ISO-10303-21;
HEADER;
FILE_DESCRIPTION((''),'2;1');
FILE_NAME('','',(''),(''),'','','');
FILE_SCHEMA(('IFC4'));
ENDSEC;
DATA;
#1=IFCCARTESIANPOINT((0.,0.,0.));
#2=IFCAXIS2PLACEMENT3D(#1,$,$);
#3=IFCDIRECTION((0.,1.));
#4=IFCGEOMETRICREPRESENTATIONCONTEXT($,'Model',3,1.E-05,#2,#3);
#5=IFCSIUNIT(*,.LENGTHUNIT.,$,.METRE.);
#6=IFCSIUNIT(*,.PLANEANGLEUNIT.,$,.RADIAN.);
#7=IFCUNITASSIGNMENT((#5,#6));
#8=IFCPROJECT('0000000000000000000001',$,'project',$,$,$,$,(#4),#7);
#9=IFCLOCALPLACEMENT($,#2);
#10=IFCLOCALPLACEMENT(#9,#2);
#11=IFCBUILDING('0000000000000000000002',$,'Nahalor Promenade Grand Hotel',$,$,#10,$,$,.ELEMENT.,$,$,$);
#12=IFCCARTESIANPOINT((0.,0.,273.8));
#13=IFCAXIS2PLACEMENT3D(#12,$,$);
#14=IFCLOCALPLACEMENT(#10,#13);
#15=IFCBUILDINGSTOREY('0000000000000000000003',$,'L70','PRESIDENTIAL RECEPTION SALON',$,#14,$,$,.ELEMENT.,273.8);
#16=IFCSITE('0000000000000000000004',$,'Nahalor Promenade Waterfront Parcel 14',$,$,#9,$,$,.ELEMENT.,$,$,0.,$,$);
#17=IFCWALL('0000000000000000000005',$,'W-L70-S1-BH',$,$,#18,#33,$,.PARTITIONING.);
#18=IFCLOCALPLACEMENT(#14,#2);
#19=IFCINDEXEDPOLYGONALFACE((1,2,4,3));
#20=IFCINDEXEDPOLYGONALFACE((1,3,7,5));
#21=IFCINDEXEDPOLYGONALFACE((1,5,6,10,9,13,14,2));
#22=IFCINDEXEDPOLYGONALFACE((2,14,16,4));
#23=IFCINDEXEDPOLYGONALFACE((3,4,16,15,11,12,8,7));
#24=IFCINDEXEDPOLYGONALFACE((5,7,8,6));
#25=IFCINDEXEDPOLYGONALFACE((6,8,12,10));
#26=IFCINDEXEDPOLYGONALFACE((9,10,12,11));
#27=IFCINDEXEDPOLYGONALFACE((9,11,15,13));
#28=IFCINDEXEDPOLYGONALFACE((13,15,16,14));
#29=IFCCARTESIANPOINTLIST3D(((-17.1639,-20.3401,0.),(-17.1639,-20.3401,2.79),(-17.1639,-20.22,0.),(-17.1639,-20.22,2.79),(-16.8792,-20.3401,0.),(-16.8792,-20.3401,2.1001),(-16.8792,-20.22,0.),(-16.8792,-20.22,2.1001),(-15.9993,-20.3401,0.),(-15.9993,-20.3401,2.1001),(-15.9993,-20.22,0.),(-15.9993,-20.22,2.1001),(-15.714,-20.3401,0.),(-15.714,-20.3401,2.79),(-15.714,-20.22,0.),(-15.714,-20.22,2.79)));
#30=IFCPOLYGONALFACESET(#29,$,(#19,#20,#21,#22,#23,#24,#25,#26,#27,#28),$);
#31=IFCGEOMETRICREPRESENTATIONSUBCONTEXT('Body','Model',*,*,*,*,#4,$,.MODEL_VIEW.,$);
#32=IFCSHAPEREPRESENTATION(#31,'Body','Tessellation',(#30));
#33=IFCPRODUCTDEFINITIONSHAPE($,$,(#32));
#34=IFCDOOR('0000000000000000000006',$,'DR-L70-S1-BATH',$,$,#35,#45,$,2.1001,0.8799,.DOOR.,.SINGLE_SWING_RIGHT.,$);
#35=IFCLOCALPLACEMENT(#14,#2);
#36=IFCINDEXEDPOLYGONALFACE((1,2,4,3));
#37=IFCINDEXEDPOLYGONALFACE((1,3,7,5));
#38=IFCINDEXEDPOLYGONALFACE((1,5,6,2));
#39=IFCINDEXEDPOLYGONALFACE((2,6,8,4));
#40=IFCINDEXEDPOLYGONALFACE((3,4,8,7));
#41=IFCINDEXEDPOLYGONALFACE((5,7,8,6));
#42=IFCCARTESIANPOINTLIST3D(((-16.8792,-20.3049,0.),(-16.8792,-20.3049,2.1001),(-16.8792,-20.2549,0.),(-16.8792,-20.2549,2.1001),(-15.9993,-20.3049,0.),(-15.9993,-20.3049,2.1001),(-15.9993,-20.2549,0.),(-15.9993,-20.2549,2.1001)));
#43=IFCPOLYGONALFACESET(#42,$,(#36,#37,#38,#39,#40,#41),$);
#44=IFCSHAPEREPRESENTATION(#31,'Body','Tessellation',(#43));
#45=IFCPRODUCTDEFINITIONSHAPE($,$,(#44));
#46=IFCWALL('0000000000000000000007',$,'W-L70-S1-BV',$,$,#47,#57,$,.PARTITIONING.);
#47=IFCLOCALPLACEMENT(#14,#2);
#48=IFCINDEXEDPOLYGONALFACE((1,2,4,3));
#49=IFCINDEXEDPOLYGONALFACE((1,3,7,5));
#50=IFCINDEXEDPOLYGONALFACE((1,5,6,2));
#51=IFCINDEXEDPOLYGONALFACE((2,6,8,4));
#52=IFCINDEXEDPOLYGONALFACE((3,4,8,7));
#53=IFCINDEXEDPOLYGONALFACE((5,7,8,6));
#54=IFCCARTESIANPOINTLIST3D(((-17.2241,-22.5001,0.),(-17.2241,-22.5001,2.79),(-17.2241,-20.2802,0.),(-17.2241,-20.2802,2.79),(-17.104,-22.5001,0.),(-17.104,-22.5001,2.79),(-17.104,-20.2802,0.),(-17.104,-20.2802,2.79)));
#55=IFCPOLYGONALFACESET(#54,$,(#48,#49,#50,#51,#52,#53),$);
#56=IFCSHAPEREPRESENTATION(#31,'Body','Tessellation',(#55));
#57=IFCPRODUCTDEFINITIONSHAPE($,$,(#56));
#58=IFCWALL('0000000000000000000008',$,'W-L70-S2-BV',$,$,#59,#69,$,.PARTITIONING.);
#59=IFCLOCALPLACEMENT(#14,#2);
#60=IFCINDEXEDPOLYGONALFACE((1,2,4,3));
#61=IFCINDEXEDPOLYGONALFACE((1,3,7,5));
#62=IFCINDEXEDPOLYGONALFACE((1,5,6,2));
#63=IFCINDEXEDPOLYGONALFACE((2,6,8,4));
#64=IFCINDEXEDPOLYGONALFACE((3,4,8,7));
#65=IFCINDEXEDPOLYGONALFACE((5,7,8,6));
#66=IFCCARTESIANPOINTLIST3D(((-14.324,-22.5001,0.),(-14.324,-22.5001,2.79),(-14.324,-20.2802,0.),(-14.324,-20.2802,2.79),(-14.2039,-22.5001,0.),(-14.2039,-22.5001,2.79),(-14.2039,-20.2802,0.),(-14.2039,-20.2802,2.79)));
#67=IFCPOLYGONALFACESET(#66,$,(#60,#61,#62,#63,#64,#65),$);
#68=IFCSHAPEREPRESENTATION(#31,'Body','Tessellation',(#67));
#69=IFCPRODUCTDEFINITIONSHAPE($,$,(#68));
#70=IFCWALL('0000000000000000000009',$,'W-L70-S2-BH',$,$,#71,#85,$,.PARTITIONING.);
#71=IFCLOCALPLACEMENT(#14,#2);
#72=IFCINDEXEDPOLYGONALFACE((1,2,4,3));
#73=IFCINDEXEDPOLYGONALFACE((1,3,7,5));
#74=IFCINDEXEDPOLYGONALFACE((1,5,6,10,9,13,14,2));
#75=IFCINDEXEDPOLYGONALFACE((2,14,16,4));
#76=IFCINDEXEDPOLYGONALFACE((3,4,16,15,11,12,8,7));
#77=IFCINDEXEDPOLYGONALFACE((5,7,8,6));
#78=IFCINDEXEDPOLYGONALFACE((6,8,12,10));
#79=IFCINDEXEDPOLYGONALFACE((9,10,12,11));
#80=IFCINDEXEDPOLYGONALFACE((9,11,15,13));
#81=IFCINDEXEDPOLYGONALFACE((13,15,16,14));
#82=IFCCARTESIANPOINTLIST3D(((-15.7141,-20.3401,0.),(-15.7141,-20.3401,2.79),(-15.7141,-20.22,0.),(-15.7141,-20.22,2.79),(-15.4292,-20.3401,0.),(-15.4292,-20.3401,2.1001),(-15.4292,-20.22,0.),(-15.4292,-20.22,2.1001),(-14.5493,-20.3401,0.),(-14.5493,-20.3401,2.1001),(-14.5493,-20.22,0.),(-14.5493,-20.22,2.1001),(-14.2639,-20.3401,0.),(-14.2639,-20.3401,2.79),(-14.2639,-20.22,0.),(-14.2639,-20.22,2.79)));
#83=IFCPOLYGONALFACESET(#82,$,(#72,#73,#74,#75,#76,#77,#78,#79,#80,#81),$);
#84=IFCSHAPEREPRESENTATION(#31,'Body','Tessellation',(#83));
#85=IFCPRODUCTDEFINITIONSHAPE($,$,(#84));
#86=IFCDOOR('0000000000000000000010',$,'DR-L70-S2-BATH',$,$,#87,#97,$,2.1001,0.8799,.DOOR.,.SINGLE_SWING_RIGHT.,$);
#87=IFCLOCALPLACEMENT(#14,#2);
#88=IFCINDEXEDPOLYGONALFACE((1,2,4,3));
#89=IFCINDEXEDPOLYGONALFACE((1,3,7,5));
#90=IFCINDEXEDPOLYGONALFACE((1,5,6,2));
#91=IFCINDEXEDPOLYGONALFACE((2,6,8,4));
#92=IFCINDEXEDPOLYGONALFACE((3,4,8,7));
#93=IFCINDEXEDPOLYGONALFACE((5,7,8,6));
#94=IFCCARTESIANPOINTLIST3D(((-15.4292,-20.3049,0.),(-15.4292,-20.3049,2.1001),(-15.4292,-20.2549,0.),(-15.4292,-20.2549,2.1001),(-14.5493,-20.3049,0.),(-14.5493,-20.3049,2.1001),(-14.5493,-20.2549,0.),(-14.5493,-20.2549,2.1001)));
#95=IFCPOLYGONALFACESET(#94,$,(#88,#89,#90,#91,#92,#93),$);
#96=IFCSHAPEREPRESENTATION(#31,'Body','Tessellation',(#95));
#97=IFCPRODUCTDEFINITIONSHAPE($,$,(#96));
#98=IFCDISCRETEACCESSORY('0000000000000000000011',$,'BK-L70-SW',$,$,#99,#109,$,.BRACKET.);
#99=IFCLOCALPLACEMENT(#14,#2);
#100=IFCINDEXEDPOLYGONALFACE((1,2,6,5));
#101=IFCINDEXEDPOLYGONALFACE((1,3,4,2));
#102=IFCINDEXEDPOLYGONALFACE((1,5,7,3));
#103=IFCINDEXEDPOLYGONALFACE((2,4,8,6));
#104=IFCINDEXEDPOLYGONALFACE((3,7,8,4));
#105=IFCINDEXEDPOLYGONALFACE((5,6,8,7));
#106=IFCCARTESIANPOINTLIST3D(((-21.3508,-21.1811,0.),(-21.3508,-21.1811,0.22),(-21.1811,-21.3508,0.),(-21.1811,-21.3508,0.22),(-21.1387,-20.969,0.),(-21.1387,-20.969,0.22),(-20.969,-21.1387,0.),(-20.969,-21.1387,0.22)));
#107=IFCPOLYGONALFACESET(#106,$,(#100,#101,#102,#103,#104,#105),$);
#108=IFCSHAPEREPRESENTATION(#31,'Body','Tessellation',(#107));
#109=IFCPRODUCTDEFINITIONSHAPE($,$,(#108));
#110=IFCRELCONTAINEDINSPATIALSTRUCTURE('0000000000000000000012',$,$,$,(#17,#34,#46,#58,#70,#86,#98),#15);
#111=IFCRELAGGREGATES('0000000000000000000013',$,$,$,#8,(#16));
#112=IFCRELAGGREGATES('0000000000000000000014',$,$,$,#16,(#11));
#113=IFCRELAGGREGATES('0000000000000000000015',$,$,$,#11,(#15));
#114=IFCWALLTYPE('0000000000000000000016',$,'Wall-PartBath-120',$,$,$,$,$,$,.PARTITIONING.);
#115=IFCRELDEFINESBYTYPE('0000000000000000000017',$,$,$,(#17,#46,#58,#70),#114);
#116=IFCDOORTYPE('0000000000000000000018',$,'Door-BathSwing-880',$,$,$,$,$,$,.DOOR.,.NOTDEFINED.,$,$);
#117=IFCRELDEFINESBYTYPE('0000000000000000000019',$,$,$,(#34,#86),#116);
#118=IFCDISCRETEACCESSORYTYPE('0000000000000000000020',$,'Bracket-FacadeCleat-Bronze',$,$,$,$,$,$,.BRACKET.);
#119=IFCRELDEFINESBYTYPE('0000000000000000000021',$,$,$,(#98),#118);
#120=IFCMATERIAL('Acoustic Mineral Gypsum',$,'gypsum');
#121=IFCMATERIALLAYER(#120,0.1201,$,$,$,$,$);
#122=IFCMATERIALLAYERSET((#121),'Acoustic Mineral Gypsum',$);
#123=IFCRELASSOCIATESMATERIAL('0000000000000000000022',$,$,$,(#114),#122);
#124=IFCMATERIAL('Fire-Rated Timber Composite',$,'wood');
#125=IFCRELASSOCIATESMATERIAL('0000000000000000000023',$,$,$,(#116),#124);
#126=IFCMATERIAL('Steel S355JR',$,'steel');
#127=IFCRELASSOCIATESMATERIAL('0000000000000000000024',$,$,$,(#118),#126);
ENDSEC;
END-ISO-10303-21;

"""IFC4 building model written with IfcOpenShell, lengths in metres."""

from ifc_helpers import new_model, si_unit, direction, frame, frame_2d, origin, origin_2d, place, context, subcontext, project, spatial, rectangle, extrude, source, transform, mapped, material, layer, layer_set, type_object, element, fill, save


model = new_model("IFC4")

# Units and contexts
model_context = context("Model", 3, precision=1e-05, world=origin(), true_north=direction((0.0, 1.0)))
body_context = subcontext(model_context, "Body", "Model", "MODEL_VIEW")
ifc_project = project(units=[si_unit("LENGTHUNIT", "METRE"), si_unit("PLANEANGLEUNIT", "RADIAN")], contexts=[model_context])

# Site, building, storey
site_placement = place(None, origin())
site = spatial("IfcSite", under=ifc_project, at=site_placement, Name="Nahalor Promenade Waterfront Parcel 14", CompositionType="ELEMENT", RefElevation=0.0)
building_placement = place(site_placement, origin())
building = spatial("IfcBuilding", under=site, at=building_placement, Name="Nahalor Promenade Grand Hotel", CompositionType="ELEMENT")
storey_placement = place(building_placement, frame((0.0, 0.0, 273.8)))
storey = spatial("IfcBuildingStorey", under=building, at=storey_placement, Name="L70", Description="PRESIDENTIAL RECEPTION SALON", CompositionType="ELEMENT", Elevation=273.8)

# Shared definitions
ifc_material_1 = material(Name="Steel S355JR", Category="steel")

# Shared definitions
ifc_material_2 = material(Name="Acoustic Mineral Gypsum", Category="gypsum")

# Wall, opening, door
ifc_layer_1 = layer(ifc_material_2, 0.1201)
ifc_layer_set_1 = layer_set([ifc_layer_1], Name="Acoustic Mineral Gypsum")
wall_type_1 = type_object("IfcWallType", Name="Wall-PartBath-120", PredefinedType="PARTITIONING", material=ifc_layer_set_1)
shared_shape_1 = source(origin(), body_context, "Body", "SweptSolid", [
    extrude(rectangle(XDim=1.45, YDim=0.1201, at=frame_2d((0.7251, 0.0))), origin(), (0.0, 0.0, 1.0), 2.79),
])
wall_1_placement = place(storey_placement, frame((-17.1641, -20.28, 0.0), z_axis=(0.0, 0.0, 1.0), x_axis=(1.0, 0.0, 0.0)))
wall_1 = element("IfcWall", 1, at=wall_1_placement, inside=storey, type_object=wall_type_1, Name="W-L70-S1-BH", PredefinedType="PARTITIONING", context=body_context, shape_type="MappedRepresentation", body=[
    mapped(shared_shape_1, transform((0.0, 0.0, 0.0), scale=1.0)),
])
opening_1_placement = place(wall_1_placement, frame((0.2849, 0.0, 0.0)))
opening_1 = element("IfcOpeningElement", 2, at=opening_1_placement, cuts=wall_1, PredefinedType="OPENING", context=body_context, shape_type="SweptSolid", body=[
    extrude(rectangle(XDim=0.8799, YDim=2.1001, at=frame_2d((0.4399, 1.05))), frame((0.0, 0.0701, 0.0), z_axis=(0.0, -1.0, 0.0), x_axis=(1.0, 0.0, 0.0)), (0.0, 0.0, 1.0), 0.1401),
])
ifc_material_3 = material(Name="Fire-Rated Timber Composite", Category="wood")
door_type = type_object("IfcDoorType", Name="Door-BathSwing-880", OperationType="NOTDEFINED", PredefinedType="DOOR", material=ifc_material_3)
shared_shape_2 = source(origin(), body_context, "Body", "SweptSolid", [
    extrude(rectangle(XDim=0.8799, YDim=2.1001, at=frame_2d((0.4399, 1.05))), frame((0.0, 0.0249, 0.0), z_axis=(0.0, -1.0, 0.0), x_axis=(1.0, 0.0, 0.0)), (0.0, 0.0, 1.0), 0.05),
])
door_1_placement = place(opening_1_placement, frame((0.8799, 0.0, 0.0), z_axis=(0.0, 0.0, 1.0), x_axis=(-1.0, 0.0, 0.0)))
door_1 = element("IfcDoor", 3, at=door_1_placement, inside=storey, type_object=door_type, Name="DR-L70-S1-BATH", OperationType="SINGLE_SWING_RIGHT", OverallHeight=2.1001, OverallWidth=0.8799, PredefinedType="DOOR", context=body_context, shape_type="MappedRepresentation", body=[
    mapped(shared_shape_2, transform((0.0, 0.0, 0.0), scale=1.0)),
])
fill(opening_1, door_1)

# Walls
shared_shape_3 = source(origin(), body_context, "Body", "SweptSolid", [
    extrude(rectangle(XDim=2.22, YDim=0.1201, at=frame_2d((1.1099, 0.0))), origin(), (0.0, 0.0, 1.0), 2.79),
])
for number, where, z_axis, x_axis, name in (
    (4, (-17.1641, -22.5, 0.0), (0.0, 0.0, 1.0), (0.0, 1.0, 0.0), "W-L70-S1-BV"),
    (5, (-14.2639, -22.5, 0.0), (0.0, 0.0, 1.0), (0.0, 1.0, 0.0), "W-L70-S2-BV"),
):
    element("IfcWall", number, at=place(storey_placement, frame(where, z_axis=z_axis, x_axis=x_axis)), inside=storey, type_object=wall_type_1, Name=name, PredefinedType="PARTITIONING", context=body_context, shape_type="MappedRepresentation", body=[
        mapped(shared_shape_3, transform((0.0, 0.0, 0.0), scale=1.0)),
    ])

# Wall, opening, door
shared_shape_4 = source(origin(), body_context, "Body", "SweptSolid", [
    extrude(rectangle(XDim=1.4502, YDim=0.1201, at=frame_2d((0.7251, 0.0))), origin(), (0.0, 0.0, 1.0), 2.79),
])
wall_2_placement = place(storey_placement, frame((-15.7141, -20.28, 0.0), z_axis=(0.0, 0.0, 1.0), x_axis=(1.0, 0.0, 0.0)))
wall_2 = element("IfcWall", 6, at=wall_2_placement, inside=storey, type_object=wall_type_1, Name="W-L70-S2-BH", PredefinedType="PARTITIONING", context=body_context, shape_type="MappedRepresentation", body=[
    mapped(shared_shape_4, transform((0.0, 0.0, 0.0), scale=1.0)),
])
opening_2_placement = place(wall_2_placement, frame((0.2849, 0.0, 0.0)))
opening_2 = element("IfcOpeningElement", 7, at=opening_2_placement, cuts=wall_2, PredefinedType="OPENING", context=body_context, shape_type="SweptSolid", body=[
    extrude(rectangle(XDim=0.8799, YDim=2.1001, at=frame_2d((0.4399, 1.05))), frame((0.0, 0.0701, 0.0), z_axis=(0.0, -1.0, 0.0), x_axis=(1.0, 0.0, 0.0)), (0.0, 0.0, 1.0), 0.1401),
])
door_2_placement = place(opening_2_placement, frame((0.8799, 0.0, 0.0), z_axis=(0.0, 0.0, 1.0), x_axis=(-1.0, 0.0, 0.0)))
door_2 = element("IfcDoor", 8, at=door_2_placement, inside=storey, type_object=door_type, Name="DR-L70-S2-BATH", OperationType="SINGLE_SWING_RIGHT", OverallHeight=2.1001, OverallWidth=0.8799, PredefinedType="DOOR", context=body_context, shape_type="MappedRepresentation", body=[
    mapped(shared_shape_2, transform((0.0, 0.0, 0.0), scale=1.0)),
])
fill(opening_2, door_2)

# Discrete accessory
discrete_accessory_type = type_object("IfcDiscreteAccessoryType", Name="Bracket-FacadeCleat-Bronze", PredefinedType="BRACKET", material=ifc_material_1)
shared_shape_5 = source(origin(), body_context, "Body", "SweptSolid", [
    extrude(rectangle(XDim=0.3, YDim=0.24, at=origin_2d()), origin(), (0.0, 0.0, 1.0), 0.22),
])
discrete_accessory_placement = place(storey_placement, frame((-21.1599, -21.1599, 0.0), z_axis=(0.0, 0.0, 1.0), x_axis=(0.707107, 0.707107, 0.0)))
element("IfcDiscreteAccessory", 9, at=discrete_accessory_placement, inside=storey, type_object=discrete_accessory_type, Name="BK-L70-SW", PredefinedType="BRACKET", context=body_context, shape_type="MappedRepresentation", body=[
    mapped(shared_shape_5, transform((0.0, 0.0, 0.0), scale=1.0)),
])

save(model, "model.ifc")
